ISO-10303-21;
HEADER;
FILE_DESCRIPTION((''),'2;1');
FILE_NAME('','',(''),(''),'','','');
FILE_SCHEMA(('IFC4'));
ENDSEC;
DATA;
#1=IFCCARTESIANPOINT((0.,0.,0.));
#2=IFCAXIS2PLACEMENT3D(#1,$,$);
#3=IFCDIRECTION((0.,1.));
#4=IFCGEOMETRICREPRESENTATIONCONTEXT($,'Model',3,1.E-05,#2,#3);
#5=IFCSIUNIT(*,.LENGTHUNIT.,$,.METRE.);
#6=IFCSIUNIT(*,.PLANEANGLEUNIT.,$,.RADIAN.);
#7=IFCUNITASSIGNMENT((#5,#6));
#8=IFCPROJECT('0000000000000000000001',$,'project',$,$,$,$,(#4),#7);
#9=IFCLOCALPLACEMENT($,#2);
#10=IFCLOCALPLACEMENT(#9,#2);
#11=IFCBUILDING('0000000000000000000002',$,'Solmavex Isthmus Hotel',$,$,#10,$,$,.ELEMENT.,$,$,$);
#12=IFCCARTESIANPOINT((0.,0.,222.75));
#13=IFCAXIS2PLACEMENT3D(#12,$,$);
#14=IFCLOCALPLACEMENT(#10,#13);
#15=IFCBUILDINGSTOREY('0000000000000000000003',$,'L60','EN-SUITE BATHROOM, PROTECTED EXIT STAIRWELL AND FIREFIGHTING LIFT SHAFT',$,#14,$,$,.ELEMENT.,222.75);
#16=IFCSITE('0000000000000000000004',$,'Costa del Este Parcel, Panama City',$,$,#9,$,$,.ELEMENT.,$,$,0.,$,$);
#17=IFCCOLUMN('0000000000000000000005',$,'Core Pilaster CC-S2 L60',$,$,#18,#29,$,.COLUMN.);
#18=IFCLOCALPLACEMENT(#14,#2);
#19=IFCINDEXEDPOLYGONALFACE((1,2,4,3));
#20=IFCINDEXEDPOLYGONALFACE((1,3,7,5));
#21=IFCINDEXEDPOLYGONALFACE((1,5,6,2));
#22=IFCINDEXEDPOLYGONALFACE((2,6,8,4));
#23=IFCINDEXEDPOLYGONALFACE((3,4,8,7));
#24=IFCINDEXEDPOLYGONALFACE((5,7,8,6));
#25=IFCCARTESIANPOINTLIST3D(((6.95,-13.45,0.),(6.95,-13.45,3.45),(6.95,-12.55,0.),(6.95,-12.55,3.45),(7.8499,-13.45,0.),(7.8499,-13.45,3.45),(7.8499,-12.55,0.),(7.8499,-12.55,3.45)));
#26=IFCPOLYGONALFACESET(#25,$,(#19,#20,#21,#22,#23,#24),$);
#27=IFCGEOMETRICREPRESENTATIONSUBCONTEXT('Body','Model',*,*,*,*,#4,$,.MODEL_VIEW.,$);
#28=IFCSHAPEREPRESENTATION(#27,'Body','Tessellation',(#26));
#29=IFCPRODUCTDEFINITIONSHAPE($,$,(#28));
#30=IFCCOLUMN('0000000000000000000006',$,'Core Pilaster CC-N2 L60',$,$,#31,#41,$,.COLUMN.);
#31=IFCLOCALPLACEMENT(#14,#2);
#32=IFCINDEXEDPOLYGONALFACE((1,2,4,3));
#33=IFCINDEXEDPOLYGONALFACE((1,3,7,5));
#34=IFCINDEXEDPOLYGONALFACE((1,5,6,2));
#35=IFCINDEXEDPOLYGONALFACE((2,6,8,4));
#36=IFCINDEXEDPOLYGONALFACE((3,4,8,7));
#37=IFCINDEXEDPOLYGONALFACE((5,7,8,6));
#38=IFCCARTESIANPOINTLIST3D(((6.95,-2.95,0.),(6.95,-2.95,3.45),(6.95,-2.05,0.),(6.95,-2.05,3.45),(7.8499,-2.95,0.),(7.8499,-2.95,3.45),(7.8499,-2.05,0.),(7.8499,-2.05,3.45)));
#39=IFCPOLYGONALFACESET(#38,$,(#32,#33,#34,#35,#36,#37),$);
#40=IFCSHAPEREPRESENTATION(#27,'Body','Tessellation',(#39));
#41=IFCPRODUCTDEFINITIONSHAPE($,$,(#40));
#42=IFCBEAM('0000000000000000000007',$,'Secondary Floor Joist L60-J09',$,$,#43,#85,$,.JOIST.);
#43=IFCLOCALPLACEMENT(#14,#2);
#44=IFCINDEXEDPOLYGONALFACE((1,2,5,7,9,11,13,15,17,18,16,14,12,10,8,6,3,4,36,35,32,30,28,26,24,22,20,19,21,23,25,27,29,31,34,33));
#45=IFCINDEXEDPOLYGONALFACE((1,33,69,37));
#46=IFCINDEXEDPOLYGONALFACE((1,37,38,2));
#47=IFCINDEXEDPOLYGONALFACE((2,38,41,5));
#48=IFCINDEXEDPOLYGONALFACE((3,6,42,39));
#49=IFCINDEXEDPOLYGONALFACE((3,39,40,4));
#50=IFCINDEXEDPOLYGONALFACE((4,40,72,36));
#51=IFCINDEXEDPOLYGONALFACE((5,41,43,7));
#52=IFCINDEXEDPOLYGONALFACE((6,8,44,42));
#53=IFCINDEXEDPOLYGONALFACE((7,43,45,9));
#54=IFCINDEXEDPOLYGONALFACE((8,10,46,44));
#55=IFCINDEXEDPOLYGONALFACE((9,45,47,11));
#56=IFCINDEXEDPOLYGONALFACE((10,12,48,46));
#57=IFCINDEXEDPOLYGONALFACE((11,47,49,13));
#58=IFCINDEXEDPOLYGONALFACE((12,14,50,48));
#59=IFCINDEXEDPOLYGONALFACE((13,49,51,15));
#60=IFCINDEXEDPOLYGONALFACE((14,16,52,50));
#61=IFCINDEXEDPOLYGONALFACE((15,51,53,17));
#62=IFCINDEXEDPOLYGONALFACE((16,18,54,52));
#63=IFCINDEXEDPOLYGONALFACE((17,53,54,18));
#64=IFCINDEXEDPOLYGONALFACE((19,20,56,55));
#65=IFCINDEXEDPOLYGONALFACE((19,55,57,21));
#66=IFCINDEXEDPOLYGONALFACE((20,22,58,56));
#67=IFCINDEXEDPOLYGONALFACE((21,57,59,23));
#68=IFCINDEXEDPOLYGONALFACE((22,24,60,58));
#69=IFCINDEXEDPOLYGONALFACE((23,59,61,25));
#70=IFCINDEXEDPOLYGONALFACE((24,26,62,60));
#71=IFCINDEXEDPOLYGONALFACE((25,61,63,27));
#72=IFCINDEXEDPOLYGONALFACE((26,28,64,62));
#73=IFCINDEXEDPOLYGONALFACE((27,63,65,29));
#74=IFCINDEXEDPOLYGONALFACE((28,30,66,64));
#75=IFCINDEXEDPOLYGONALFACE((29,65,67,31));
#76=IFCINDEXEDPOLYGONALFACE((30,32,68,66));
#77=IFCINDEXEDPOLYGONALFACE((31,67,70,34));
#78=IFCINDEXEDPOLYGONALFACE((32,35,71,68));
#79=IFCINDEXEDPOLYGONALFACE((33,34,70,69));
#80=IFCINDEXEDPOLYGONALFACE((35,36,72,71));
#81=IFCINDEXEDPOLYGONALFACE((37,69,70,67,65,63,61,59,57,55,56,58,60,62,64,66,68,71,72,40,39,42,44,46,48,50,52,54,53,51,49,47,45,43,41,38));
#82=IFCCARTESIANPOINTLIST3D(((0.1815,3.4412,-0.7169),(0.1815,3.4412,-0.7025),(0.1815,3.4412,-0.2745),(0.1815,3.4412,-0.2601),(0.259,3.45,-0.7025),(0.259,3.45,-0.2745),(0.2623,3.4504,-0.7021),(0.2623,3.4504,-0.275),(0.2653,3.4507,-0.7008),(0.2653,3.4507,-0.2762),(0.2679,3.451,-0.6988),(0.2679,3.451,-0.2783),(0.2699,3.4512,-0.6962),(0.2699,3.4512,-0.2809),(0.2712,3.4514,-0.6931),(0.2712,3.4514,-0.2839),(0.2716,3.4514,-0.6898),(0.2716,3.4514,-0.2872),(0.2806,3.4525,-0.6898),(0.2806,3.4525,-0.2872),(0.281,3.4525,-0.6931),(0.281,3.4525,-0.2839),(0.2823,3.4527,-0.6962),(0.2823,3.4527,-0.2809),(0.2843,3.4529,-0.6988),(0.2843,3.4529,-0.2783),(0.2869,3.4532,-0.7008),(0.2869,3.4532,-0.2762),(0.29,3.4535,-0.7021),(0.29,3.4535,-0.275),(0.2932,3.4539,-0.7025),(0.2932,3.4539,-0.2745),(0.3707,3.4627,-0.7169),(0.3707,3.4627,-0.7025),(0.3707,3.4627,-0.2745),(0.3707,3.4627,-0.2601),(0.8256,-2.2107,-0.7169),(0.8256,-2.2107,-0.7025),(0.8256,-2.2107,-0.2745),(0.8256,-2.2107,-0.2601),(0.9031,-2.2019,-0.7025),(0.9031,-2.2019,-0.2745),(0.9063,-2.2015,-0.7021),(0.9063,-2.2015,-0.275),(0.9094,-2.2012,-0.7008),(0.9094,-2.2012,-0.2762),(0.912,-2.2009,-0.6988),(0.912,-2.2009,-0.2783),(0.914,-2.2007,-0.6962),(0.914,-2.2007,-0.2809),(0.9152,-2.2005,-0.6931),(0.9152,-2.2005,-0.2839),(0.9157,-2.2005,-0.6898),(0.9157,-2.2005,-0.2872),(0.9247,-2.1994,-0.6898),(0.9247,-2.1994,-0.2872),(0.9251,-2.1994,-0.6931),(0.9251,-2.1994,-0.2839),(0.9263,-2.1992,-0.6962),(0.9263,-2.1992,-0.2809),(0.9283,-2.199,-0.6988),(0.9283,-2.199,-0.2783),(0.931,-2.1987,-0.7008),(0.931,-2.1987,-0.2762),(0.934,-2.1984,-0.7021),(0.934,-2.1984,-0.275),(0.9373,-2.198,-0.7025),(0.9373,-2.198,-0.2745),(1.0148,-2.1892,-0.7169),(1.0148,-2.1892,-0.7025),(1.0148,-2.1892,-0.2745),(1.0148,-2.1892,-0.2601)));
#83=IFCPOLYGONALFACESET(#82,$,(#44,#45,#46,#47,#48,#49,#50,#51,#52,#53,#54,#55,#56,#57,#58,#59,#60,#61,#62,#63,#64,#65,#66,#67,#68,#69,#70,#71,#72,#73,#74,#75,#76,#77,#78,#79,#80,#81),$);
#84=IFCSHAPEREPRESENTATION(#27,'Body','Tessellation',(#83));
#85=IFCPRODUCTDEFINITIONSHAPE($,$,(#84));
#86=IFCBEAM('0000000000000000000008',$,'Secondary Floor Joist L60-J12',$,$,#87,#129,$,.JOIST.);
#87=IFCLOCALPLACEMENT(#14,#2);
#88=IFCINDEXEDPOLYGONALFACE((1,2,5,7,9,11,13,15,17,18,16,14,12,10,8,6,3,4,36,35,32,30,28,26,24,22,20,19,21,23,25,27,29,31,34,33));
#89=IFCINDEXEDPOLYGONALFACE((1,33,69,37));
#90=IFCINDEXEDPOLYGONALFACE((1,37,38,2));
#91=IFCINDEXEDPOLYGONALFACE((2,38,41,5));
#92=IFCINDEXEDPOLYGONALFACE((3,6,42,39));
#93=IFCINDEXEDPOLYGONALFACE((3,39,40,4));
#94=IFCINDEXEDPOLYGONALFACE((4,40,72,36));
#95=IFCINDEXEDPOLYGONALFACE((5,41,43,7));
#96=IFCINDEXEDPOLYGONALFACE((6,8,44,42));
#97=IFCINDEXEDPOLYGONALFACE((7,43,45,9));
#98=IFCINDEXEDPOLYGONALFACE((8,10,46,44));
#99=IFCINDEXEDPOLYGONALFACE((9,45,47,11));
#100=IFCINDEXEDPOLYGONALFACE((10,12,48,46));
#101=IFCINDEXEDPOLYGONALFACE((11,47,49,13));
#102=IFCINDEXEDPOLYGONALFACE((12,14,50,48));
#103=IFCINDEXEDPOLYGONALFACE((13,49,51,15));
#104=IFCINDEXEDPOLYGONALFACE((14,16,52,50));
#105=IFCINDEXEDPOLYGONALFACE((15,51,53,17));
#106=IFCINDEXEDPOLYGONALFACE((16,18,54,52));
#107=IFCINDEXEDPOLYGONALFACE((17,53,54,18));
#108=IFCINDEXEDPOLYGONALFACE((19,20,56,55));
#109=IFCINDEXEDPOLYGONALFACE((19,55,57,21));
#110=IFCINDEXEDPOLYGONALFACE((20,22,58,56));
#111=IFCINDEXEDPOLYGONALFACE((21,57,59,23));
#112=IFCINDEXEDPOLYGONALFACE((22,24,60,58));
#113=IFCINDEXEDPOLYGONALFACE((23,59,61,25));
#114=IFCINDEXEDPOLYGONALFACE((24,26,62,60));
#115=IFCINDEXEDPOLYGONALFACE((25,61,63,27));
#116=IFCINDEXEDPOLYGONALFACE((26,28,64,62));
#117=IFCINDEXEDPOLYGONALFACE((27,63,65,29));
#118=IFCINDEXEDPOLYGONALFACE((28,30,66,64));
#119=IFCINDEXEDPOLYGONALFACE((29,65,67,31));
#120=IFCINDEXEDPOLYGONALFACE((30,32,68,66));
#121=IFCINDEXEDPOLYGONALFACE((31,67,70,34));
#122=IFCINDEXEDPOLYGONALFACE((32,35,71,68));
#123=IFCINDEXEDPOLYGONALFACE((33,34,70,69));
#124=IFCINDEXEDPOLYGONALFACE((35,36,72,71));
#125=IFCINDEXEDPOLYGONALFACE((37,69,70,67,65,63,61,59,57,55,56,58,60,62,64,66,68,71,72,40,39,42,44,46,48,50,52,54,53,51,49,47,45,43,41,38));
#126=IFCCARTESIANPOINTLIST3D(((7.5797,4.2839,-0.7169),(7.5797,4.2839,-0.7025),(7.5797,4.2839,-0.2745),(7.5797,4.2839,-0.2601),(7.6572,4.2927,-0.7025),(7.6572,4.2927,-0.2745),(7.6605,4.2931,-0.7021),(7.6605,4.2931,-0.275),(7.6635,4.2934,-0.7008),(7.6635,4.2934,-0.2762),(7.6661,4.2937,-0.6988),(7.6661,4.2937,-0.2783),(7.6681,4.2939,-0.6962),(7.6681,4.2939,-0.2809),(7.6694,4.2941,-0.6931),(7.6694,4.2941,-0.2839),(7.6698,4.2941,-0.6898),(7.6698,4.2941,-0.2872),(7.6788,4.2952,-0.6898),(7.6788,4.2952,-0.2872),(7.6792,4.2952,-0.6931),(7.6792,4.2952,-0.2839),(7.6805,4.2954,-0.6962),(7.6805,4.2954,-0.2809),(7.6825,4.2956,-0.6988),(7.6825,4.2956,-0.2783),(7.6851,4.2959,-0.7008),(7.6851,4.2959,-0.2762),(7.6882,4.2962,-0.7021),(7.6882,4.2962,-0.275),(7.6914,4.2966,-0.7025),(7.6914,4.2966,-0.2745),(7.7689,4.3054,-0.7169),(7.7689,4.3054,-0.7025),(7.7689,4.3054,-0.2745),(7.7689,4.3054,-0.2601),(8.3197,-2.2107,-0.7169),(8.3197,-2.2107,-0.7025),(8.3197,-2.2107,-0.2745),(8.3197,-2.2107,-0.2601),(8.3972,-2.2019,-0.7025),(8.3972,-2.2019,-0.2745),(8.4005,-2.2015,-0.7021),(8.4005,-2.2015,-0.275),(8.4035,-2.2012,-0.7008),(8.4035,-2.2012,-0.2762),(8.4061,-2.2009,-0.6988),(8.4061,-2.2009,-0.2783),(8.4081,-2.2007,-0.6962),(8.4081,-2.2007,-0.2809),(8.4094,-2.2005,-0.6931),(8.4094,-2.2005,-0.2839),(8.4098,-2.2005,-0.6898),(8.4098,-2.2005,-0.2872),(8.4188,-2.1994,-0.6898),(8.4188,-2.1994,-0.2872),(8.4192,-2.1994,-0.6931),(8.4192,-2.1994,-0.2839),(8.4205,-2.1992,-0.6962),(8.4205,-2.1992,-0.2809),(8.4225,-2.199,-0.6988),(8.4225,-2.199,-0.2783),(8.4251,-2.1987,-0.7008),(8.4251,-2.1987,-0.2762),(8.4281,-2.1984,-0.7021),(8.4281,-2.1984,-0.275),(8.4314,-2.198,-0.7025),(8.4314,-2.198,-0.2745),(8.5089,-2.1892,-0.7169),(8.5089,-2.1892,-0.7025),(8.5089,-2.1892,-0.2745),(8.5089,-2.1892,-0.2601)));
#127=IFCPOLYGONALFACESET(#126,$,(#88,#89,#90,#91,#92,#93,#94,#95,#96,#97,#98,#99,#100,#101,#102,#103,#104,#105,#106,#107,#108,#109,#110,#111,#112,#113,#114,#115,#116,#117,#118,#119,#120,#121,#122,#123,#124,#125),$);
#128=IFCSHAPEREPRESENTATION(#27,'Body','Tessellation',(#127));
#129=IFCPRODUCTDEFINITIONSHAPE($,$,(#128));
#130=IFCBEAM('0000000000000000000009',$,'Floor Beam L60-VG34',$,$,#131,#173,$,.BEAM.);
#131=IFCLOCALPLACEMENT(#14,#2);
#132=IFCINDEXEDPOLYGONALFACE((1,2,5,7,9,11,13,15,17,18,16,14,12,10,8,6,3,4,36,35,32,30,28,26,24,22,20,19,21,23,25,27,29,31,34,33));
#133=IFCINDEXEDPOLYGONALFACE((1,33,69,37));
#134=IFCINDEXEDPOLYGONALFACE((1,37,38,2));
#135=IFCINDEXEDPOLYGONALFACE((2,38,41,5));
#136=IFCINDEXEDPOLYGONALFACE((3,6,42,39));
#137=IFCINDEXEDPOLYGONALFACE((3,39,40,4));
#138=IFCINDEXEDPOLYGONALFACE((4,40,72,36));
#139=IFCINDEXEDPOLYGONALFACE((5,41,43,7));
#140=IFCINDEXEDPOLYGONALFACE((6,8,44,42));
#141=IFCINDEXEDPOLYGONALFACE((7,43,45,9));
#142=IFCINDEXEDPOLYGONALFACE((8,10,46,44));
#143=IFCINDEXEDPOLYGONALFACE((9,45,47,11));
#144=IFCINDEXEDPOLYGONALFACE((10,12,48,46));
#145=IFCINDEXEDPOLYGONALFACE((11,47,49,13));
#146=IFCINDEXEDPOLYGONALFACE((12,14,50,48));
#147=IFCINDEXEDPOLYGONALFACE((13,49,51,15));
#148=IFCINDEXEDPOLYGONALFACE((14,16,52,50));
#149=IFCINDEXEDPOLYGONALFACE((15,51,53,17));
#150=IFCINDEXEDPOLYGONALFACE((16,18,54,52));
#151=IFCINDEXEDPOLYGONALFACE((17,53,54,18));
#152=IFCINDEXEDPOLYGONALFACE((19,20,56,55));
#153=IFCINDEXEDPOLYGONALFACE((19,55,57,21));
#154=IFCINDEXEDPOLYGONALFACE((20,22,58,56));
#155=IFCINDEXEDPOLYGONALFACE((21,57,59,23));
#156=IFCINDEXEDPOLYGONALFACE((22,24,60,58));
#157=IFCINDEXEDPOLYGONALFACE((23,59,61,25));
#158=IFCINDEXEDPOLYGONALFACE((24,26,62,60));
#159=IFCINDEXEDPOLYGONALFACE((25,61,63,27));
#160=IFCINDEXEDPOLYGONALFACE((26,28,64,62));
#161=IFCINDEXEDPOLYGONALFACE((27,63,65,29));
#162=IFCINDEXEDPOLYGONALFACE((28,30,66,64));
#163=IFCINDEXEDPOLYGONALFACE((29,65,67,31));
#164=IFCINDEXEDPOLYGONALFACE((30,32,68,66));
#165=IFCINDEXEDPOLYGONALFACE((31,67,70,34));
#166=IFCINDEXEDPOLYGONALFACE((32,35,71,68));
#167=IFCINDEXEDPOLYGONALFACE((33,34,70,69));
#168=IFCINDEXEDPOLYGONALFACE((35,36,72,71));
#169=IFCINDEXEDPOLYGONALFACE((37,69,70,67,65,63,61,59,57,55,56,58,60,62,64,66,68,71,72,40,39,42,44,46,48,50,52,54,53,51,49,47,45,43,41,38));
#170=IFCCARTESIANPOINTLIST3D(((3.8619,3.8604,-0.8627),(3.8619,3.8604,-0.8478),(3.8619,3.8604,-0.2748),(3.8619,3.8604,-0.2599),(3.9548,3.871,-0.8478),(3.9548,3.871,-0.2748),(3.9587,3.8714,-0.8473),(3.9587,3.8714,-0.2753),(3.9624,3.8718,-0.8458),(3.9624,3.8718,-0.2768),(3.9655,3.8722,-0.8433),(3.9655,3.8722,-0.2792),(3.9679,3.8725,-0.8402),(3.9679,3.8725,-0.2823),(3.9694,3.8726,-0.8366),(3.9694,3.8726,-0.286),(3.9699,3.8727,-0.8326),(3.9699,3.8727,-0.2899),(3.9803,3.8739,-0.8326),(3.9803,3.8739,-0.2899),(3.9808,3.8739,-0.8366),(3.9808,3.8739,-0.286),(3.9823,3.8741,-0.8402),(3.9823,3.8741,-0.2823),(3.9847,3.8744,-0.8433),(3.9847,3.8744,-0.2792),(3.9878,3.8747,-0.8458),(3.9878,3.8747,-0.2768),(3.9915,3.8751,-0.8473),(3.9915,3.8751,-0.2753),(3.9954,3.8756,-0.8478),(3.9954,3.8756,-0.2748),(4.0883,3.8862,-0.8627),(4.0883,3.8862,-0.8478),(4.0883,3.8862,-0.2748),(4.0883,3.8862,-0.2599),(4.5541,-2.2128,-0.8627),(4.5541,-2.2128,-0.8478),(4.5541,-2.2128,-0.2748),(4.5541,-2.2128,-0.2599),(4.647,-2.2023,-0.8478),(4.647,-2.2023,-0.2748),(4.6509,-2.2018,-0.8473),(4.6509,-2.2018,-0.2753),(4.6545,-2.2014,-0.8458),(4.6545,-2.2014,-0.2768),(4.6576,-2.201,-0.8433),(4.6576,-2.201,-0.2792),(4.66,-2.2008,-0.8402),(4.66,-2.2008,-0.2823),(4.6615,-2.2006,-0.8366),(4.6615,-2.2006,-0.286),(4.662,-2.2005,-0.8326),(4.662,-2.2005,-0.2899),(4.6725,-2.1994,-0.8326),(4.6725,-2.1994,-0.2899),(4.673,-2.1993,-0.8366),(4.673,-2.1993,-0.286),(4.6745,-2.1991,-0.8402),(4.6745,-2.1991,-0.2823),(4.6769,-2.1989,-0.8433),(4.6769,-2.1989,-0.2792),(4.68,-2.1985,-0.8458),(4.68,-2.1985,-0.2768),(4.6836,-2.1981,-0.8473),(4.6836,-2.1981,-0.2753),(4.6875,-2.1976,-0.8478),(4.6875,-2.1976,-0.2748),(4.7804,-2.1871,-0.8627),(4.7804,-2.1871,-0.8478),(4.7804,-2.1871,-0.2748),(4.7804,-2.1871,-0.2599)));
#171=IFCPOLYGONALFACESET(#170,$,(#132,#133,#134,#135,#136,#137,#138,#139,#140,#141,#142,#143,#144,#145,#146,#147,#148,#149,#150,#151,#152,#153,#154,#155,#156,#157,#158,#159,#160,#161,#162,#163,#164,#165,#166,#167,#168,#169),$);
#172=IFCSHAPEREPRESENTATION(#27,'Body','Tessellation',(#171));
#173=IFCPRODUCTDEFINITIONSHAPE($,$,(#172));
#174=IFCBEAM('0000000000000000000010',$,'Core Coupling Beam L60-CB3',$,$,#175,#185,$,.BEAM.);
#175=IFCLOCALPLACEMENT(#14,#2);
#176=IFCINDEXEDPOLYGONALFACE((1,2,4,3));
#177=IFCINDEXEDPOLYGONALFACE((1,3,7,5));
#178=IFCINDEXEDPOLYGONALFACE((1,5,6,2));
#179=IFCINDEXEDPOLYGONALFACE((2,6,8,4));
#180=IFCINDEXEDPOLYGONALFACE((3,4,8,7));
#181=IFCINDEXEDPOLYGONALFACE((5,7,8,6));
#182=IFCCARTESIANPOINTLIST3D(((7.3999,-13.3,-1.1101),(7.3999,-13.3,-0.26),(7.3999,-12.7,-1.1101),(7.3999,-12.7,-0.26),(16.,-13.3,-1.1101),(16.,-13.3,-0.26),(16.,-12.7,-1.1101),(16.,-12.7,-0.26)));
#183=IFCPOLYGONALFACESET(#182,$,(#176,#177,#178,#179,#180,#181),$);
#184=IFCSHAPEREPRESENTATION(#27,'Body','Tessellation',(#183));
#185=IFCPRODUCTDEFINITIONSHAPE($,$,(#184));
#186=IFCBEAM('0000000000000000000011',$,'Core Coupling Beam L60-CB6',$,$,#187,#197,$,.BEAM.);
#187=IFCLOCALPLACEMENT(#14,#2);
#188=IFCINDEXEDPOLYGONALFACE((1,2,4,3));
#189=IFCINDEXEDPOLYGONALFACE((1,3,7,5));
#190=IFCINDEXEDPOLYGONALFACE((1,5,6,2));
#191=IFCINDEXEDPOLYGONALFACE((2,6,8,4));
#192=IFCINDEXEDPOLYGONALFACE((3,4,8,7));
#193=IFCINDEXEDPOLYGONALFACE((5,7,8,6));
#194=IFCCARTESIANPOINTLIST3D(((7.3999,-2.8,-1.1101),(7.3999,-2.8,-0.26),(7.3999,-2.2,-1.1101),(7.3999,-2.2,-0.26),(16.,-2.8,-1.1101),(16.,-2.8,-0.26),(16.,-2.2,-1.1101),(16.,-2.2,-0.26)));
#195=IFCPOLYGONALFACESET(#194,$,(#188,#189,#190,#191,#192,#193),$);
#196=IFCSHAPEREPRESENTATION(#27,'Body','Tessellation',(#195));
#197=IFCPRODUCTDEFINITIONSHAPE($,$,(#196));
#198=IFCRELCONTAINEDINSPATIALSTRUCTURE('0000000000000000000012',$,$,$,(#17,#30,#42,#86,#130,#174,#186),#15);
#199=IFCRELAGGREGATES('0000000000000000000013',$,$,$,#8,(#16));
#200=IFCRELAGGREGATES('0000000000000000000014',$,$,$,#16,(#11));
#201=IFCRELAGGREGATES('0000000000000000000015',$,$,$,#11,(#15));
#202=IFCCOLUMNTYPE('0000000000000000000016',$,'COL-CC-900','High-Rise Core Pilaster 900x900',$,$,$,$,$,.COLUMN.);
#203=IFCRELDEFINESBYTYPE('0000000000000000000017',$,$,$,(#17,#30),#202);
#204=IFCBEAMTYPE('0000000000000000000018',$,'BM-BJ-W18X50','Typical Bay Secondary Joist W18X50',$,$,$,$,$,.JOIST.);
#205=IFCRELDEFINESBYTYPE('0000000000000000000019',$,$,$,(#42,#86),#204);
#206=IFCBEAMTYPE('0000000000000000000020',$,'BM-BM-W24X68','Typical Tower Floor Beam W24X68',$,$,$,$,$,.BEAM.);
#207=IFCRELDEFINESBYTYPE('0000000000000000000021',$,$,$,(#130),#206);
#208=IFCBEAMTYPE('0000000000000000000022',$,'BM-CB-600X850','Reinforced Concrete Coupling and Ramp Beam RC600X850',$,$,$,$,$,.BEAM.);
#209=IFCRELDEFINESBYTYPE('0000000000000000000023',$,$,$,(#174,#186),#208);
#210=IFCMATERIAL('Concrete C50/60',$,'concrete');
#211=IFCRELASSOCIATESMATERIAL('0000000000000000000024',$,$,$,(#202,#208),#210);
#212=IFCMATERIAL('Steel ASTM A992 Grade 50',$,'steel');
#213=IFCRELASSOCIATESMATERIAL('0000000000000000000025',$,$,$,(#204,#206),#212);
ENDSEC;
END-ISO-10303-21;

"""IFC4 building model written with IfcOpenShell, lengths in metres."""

from ifc_helpers import new_model, si_unit, direction, frame, origin, origin_2d, place, context, subcontext, project, spatial, rectangle, i_section, extrude, material, material_profile, profile_set, type_object, element, save


model = new_model("IFC4")

# Units and contexts
model_context = context("Model", 3, precision=1e-05, world=origin(), true_north=direction((0.0, 1.0)))
body_context = subcontext(model_context, "Body", "Model", "MODEL_VIEW")
ifc_project = project(units=[si_unit("LENGTHUNIT", "METRE"), si_unit("PLANEANGLEUNIT", "RADIAN")], contexts=[model_context])

# Site, building, storey
site_placement = place(None, origin())
site = spatial("IfcSite", under=ifc_project, at=site_placement, Name="Costa del Este Parcel, Panama City", CompositionType="ELEMENT", RefElevation=0.0)
building_placement = place(site_placement, origin())
building = spatial("IfcBuilding", under=site, at=building_placement, Name="Solmavex Isthmus Hotel", CompositionType="ELEMENT")
storey_placement = place(building_placement, frame((0.0, 0.0, 222.75)))
storey = spatial("IfcBuildingStorey", under=building, at=storey_placement, Name="L60", Description="EN-SUITE BATHROOM, PROTECTED EXIT STAIRWELL AND FIREFIGHTING LIFT SHAFT", CompositionType="ELEMENT", Elevation=222.75)

# Columns
ifc_material_1 = material(Name="Concrete C50/60", Category="concrete")
ifc_material_profile_1 = material_profile(ifc_material_1, rectangle(XDim=0.8999, YDim=0.8999, at=origin_2d()), Name="RC900X900")
ifc_profile_set_1 = profile_set([ifc_material_profile_1], Name="Concrete C50/60")
column_type = type_object("IfcColumnType", Name="COL-CC-900", Description="High-Rise Core Pilaster 900x900", PredefinedType="COLUMN", material=ifc_profile_set_1)
for number, where, z_axis, x_axis, name in (
    (1, (7.3999, -13.0, 0.0), (0.0, 0.0, 1.0), (1.0, 0.0, 0.0), "Core Pilaster CC-S2 L60"),
    (2, (7.3999, -2.5, 0.0), (0.0, 0.0, 1.0), (1.0, 0.0, 0.0), "Core Pilaster CC-N2 L60"),
):
    element("IfcColumn", number, at=place(storey_placement, frame(where, z_axis=z_axis, x_axis=x_axis)), inside=storey, type_object=column_type, Name=name, PredefinedType="COLUMN", context=body_context, shape_type="SweptSolid", body=[
        extrude(rectangle(XDim=0.8999, YDim=0.8999, at=origin_2d()), origin(), (0.0, 0.0, 1.0), 3.45),
    ])

# Beams
ifc_material_2 = material(Name="Steel ASTM A992 Grade 50", Category="steel")
ifc_material_profile_2 = material_profile(ifc_material_2, i_section(OverallWidth=0.1904, OverallDepth=0.4568, WebThickness=0.009, FlangeThickness=0.0144, FilletRadius=0.0127, at=origin_2d()), Name="W18X50")
ifc_profile_set_2 = profile_set([ifc_material_profile_2], Name="Steel ASTM A992 Grade 50")
beam_type_1 = type_object("IfcBeamType", Name="BM-BJ-W18X50", Description="Typical Bay Secondary Joist W18X50", PredefinedType="JOIST", material=ifc_profile_set_2)
beam_1_placement = place(storey_placement, frame((0.9202, -2.2, -0.4885), z_axis=(-0.11322, 0.99357, 0.0), x_axis=(-0.99357, -0.11322, 0.0)))
element("IfcBeam", 3, at=beam_1_placement, inside=storey, type_object=beam_type_1, Name="Secondary Floor Joist L60-J09", PredefinedType="JOIST", context=body_context, shape_type="SweptSolid", body=[
    extrude(i_section(OverallWidth=0.1904, OverallDepth=0.4568, WebThickness=0.009, FlangeThickness=0.0144, FilletRadius=0.0127, at=origin_2d()), origin(), (0.0, 0.0, 1.0), 5.6885),
])
beam_2_placement = place(storey_placement, frame((8.4143, -2.2, -0.4885), z_axis=(-0.113206, 0.993571, 0.0), x_axis=(-0.993571, -0.113206, 0.0)))
element("IfcBeam", 4, at=beam_2_placement, inside=storey, type_object=beam_type_1, Name="Secondary Floor Joist L60-J12", PredefinedType="JOIST", context=body_context, shape_type="SweptSolid", body=[
    extrude(i_section(OverallWidth=0.1904, OverallDepth=0.4568, WebThickness=0.009, FlangeThickness=0.0144, FilletRadius=0.0127, at=origin_2d()), origin(), (0.0, 0.0, 1.0), 6.5366),
])
ifc_material_profile_3 = material_profile(ifc_material_2, i_section(OverallWidth=0.2278, OverallDepth=0.6028, WebThickness=0.0105, FlangeThickness=0.0149, FilletRadius=0.0151, at=origin_2d()), Name="W24X68")
ifc_profile_set_3 = profile_set([ifc_material_profile_3], Name="Steel ASTM A992 Grade 50")
beam_type_2 = type_object("IfcBeamType", Name="BM-BM-W24X68", Description="Typical Tower Floor Beam W24X68", PredefinedType="BEAM", material=ifc_profile_set_3)
beam_3_placement = place(storey_placement, frame((4.6672, -2.2, -0.5613), z_axis=(-0.113232, 0.993569, 0.0), x_axis=(-0.993569, -0.113232, 0.0)))
element("IfcBeam", 5, at=beam_3_placement, inside=storey, type_object=beam_type_2, Name="Floor Beam L60-VG34", PredefinedType="BEAM", context=body_context, shape_type="SweptSolid", body=[
    extrude(i_section(OverallWidth=0.2278, OverallDepth=0.6028, WebThickness=0.0105, FlangeThickness=0.0149, FilletRadius=0.0151, at=origin_2d()), origin(), (0.0, 0.0, 1.0), 6.1125),
])
ifc_material_profile_4 = material_profile(ifc_material_1, rectangle(XDim=0.6001, YDim=0.8501, at=origin_2d()), Name="RC600X850")
ifc_profile_set_4 = profile_set([ifc_material_profile_4], Name="Concrete C50/60")
beam_type_3 = type_object("IfcBeamType", Name="BM-CB-600X850", Description="Reinforced Concrete Coupling and Ramp Beam RC600X850", PredefinedType="BEAM", material=ifc_profile_set_4)
for number, where, z_axis, x_axis, name in (
    (6, (7.3999, -13.0, -0.6851), (1.0, 0.0, 0.0), (0.0, 1.0, 0.0), "Core Coupling Beam L60-CB3"),
    (7, (7.3999, -2.5, -0.6851), (1.0, 0.0, 0.0), (0.0, 1.0, 0.0), "Core Coupling Beam L60-CB6"),
):
    element("IfcBeam", number, at=place(storey_placement, frame(where, z_axis=z_axis, x_axis=x_axis)), inside=storey, type_object=beam_type_3, Name=name, PredefinedType="BEAM", context=body_context, shape_type="SweptSolid", body=[
        extrude(rectangle(XDim=0.6001, YDim=0.8501, at=origin_2d()), origin(), (0.0, 0.0, 1.0), 8.6001),
    ])

save(model, "model.ifc")
